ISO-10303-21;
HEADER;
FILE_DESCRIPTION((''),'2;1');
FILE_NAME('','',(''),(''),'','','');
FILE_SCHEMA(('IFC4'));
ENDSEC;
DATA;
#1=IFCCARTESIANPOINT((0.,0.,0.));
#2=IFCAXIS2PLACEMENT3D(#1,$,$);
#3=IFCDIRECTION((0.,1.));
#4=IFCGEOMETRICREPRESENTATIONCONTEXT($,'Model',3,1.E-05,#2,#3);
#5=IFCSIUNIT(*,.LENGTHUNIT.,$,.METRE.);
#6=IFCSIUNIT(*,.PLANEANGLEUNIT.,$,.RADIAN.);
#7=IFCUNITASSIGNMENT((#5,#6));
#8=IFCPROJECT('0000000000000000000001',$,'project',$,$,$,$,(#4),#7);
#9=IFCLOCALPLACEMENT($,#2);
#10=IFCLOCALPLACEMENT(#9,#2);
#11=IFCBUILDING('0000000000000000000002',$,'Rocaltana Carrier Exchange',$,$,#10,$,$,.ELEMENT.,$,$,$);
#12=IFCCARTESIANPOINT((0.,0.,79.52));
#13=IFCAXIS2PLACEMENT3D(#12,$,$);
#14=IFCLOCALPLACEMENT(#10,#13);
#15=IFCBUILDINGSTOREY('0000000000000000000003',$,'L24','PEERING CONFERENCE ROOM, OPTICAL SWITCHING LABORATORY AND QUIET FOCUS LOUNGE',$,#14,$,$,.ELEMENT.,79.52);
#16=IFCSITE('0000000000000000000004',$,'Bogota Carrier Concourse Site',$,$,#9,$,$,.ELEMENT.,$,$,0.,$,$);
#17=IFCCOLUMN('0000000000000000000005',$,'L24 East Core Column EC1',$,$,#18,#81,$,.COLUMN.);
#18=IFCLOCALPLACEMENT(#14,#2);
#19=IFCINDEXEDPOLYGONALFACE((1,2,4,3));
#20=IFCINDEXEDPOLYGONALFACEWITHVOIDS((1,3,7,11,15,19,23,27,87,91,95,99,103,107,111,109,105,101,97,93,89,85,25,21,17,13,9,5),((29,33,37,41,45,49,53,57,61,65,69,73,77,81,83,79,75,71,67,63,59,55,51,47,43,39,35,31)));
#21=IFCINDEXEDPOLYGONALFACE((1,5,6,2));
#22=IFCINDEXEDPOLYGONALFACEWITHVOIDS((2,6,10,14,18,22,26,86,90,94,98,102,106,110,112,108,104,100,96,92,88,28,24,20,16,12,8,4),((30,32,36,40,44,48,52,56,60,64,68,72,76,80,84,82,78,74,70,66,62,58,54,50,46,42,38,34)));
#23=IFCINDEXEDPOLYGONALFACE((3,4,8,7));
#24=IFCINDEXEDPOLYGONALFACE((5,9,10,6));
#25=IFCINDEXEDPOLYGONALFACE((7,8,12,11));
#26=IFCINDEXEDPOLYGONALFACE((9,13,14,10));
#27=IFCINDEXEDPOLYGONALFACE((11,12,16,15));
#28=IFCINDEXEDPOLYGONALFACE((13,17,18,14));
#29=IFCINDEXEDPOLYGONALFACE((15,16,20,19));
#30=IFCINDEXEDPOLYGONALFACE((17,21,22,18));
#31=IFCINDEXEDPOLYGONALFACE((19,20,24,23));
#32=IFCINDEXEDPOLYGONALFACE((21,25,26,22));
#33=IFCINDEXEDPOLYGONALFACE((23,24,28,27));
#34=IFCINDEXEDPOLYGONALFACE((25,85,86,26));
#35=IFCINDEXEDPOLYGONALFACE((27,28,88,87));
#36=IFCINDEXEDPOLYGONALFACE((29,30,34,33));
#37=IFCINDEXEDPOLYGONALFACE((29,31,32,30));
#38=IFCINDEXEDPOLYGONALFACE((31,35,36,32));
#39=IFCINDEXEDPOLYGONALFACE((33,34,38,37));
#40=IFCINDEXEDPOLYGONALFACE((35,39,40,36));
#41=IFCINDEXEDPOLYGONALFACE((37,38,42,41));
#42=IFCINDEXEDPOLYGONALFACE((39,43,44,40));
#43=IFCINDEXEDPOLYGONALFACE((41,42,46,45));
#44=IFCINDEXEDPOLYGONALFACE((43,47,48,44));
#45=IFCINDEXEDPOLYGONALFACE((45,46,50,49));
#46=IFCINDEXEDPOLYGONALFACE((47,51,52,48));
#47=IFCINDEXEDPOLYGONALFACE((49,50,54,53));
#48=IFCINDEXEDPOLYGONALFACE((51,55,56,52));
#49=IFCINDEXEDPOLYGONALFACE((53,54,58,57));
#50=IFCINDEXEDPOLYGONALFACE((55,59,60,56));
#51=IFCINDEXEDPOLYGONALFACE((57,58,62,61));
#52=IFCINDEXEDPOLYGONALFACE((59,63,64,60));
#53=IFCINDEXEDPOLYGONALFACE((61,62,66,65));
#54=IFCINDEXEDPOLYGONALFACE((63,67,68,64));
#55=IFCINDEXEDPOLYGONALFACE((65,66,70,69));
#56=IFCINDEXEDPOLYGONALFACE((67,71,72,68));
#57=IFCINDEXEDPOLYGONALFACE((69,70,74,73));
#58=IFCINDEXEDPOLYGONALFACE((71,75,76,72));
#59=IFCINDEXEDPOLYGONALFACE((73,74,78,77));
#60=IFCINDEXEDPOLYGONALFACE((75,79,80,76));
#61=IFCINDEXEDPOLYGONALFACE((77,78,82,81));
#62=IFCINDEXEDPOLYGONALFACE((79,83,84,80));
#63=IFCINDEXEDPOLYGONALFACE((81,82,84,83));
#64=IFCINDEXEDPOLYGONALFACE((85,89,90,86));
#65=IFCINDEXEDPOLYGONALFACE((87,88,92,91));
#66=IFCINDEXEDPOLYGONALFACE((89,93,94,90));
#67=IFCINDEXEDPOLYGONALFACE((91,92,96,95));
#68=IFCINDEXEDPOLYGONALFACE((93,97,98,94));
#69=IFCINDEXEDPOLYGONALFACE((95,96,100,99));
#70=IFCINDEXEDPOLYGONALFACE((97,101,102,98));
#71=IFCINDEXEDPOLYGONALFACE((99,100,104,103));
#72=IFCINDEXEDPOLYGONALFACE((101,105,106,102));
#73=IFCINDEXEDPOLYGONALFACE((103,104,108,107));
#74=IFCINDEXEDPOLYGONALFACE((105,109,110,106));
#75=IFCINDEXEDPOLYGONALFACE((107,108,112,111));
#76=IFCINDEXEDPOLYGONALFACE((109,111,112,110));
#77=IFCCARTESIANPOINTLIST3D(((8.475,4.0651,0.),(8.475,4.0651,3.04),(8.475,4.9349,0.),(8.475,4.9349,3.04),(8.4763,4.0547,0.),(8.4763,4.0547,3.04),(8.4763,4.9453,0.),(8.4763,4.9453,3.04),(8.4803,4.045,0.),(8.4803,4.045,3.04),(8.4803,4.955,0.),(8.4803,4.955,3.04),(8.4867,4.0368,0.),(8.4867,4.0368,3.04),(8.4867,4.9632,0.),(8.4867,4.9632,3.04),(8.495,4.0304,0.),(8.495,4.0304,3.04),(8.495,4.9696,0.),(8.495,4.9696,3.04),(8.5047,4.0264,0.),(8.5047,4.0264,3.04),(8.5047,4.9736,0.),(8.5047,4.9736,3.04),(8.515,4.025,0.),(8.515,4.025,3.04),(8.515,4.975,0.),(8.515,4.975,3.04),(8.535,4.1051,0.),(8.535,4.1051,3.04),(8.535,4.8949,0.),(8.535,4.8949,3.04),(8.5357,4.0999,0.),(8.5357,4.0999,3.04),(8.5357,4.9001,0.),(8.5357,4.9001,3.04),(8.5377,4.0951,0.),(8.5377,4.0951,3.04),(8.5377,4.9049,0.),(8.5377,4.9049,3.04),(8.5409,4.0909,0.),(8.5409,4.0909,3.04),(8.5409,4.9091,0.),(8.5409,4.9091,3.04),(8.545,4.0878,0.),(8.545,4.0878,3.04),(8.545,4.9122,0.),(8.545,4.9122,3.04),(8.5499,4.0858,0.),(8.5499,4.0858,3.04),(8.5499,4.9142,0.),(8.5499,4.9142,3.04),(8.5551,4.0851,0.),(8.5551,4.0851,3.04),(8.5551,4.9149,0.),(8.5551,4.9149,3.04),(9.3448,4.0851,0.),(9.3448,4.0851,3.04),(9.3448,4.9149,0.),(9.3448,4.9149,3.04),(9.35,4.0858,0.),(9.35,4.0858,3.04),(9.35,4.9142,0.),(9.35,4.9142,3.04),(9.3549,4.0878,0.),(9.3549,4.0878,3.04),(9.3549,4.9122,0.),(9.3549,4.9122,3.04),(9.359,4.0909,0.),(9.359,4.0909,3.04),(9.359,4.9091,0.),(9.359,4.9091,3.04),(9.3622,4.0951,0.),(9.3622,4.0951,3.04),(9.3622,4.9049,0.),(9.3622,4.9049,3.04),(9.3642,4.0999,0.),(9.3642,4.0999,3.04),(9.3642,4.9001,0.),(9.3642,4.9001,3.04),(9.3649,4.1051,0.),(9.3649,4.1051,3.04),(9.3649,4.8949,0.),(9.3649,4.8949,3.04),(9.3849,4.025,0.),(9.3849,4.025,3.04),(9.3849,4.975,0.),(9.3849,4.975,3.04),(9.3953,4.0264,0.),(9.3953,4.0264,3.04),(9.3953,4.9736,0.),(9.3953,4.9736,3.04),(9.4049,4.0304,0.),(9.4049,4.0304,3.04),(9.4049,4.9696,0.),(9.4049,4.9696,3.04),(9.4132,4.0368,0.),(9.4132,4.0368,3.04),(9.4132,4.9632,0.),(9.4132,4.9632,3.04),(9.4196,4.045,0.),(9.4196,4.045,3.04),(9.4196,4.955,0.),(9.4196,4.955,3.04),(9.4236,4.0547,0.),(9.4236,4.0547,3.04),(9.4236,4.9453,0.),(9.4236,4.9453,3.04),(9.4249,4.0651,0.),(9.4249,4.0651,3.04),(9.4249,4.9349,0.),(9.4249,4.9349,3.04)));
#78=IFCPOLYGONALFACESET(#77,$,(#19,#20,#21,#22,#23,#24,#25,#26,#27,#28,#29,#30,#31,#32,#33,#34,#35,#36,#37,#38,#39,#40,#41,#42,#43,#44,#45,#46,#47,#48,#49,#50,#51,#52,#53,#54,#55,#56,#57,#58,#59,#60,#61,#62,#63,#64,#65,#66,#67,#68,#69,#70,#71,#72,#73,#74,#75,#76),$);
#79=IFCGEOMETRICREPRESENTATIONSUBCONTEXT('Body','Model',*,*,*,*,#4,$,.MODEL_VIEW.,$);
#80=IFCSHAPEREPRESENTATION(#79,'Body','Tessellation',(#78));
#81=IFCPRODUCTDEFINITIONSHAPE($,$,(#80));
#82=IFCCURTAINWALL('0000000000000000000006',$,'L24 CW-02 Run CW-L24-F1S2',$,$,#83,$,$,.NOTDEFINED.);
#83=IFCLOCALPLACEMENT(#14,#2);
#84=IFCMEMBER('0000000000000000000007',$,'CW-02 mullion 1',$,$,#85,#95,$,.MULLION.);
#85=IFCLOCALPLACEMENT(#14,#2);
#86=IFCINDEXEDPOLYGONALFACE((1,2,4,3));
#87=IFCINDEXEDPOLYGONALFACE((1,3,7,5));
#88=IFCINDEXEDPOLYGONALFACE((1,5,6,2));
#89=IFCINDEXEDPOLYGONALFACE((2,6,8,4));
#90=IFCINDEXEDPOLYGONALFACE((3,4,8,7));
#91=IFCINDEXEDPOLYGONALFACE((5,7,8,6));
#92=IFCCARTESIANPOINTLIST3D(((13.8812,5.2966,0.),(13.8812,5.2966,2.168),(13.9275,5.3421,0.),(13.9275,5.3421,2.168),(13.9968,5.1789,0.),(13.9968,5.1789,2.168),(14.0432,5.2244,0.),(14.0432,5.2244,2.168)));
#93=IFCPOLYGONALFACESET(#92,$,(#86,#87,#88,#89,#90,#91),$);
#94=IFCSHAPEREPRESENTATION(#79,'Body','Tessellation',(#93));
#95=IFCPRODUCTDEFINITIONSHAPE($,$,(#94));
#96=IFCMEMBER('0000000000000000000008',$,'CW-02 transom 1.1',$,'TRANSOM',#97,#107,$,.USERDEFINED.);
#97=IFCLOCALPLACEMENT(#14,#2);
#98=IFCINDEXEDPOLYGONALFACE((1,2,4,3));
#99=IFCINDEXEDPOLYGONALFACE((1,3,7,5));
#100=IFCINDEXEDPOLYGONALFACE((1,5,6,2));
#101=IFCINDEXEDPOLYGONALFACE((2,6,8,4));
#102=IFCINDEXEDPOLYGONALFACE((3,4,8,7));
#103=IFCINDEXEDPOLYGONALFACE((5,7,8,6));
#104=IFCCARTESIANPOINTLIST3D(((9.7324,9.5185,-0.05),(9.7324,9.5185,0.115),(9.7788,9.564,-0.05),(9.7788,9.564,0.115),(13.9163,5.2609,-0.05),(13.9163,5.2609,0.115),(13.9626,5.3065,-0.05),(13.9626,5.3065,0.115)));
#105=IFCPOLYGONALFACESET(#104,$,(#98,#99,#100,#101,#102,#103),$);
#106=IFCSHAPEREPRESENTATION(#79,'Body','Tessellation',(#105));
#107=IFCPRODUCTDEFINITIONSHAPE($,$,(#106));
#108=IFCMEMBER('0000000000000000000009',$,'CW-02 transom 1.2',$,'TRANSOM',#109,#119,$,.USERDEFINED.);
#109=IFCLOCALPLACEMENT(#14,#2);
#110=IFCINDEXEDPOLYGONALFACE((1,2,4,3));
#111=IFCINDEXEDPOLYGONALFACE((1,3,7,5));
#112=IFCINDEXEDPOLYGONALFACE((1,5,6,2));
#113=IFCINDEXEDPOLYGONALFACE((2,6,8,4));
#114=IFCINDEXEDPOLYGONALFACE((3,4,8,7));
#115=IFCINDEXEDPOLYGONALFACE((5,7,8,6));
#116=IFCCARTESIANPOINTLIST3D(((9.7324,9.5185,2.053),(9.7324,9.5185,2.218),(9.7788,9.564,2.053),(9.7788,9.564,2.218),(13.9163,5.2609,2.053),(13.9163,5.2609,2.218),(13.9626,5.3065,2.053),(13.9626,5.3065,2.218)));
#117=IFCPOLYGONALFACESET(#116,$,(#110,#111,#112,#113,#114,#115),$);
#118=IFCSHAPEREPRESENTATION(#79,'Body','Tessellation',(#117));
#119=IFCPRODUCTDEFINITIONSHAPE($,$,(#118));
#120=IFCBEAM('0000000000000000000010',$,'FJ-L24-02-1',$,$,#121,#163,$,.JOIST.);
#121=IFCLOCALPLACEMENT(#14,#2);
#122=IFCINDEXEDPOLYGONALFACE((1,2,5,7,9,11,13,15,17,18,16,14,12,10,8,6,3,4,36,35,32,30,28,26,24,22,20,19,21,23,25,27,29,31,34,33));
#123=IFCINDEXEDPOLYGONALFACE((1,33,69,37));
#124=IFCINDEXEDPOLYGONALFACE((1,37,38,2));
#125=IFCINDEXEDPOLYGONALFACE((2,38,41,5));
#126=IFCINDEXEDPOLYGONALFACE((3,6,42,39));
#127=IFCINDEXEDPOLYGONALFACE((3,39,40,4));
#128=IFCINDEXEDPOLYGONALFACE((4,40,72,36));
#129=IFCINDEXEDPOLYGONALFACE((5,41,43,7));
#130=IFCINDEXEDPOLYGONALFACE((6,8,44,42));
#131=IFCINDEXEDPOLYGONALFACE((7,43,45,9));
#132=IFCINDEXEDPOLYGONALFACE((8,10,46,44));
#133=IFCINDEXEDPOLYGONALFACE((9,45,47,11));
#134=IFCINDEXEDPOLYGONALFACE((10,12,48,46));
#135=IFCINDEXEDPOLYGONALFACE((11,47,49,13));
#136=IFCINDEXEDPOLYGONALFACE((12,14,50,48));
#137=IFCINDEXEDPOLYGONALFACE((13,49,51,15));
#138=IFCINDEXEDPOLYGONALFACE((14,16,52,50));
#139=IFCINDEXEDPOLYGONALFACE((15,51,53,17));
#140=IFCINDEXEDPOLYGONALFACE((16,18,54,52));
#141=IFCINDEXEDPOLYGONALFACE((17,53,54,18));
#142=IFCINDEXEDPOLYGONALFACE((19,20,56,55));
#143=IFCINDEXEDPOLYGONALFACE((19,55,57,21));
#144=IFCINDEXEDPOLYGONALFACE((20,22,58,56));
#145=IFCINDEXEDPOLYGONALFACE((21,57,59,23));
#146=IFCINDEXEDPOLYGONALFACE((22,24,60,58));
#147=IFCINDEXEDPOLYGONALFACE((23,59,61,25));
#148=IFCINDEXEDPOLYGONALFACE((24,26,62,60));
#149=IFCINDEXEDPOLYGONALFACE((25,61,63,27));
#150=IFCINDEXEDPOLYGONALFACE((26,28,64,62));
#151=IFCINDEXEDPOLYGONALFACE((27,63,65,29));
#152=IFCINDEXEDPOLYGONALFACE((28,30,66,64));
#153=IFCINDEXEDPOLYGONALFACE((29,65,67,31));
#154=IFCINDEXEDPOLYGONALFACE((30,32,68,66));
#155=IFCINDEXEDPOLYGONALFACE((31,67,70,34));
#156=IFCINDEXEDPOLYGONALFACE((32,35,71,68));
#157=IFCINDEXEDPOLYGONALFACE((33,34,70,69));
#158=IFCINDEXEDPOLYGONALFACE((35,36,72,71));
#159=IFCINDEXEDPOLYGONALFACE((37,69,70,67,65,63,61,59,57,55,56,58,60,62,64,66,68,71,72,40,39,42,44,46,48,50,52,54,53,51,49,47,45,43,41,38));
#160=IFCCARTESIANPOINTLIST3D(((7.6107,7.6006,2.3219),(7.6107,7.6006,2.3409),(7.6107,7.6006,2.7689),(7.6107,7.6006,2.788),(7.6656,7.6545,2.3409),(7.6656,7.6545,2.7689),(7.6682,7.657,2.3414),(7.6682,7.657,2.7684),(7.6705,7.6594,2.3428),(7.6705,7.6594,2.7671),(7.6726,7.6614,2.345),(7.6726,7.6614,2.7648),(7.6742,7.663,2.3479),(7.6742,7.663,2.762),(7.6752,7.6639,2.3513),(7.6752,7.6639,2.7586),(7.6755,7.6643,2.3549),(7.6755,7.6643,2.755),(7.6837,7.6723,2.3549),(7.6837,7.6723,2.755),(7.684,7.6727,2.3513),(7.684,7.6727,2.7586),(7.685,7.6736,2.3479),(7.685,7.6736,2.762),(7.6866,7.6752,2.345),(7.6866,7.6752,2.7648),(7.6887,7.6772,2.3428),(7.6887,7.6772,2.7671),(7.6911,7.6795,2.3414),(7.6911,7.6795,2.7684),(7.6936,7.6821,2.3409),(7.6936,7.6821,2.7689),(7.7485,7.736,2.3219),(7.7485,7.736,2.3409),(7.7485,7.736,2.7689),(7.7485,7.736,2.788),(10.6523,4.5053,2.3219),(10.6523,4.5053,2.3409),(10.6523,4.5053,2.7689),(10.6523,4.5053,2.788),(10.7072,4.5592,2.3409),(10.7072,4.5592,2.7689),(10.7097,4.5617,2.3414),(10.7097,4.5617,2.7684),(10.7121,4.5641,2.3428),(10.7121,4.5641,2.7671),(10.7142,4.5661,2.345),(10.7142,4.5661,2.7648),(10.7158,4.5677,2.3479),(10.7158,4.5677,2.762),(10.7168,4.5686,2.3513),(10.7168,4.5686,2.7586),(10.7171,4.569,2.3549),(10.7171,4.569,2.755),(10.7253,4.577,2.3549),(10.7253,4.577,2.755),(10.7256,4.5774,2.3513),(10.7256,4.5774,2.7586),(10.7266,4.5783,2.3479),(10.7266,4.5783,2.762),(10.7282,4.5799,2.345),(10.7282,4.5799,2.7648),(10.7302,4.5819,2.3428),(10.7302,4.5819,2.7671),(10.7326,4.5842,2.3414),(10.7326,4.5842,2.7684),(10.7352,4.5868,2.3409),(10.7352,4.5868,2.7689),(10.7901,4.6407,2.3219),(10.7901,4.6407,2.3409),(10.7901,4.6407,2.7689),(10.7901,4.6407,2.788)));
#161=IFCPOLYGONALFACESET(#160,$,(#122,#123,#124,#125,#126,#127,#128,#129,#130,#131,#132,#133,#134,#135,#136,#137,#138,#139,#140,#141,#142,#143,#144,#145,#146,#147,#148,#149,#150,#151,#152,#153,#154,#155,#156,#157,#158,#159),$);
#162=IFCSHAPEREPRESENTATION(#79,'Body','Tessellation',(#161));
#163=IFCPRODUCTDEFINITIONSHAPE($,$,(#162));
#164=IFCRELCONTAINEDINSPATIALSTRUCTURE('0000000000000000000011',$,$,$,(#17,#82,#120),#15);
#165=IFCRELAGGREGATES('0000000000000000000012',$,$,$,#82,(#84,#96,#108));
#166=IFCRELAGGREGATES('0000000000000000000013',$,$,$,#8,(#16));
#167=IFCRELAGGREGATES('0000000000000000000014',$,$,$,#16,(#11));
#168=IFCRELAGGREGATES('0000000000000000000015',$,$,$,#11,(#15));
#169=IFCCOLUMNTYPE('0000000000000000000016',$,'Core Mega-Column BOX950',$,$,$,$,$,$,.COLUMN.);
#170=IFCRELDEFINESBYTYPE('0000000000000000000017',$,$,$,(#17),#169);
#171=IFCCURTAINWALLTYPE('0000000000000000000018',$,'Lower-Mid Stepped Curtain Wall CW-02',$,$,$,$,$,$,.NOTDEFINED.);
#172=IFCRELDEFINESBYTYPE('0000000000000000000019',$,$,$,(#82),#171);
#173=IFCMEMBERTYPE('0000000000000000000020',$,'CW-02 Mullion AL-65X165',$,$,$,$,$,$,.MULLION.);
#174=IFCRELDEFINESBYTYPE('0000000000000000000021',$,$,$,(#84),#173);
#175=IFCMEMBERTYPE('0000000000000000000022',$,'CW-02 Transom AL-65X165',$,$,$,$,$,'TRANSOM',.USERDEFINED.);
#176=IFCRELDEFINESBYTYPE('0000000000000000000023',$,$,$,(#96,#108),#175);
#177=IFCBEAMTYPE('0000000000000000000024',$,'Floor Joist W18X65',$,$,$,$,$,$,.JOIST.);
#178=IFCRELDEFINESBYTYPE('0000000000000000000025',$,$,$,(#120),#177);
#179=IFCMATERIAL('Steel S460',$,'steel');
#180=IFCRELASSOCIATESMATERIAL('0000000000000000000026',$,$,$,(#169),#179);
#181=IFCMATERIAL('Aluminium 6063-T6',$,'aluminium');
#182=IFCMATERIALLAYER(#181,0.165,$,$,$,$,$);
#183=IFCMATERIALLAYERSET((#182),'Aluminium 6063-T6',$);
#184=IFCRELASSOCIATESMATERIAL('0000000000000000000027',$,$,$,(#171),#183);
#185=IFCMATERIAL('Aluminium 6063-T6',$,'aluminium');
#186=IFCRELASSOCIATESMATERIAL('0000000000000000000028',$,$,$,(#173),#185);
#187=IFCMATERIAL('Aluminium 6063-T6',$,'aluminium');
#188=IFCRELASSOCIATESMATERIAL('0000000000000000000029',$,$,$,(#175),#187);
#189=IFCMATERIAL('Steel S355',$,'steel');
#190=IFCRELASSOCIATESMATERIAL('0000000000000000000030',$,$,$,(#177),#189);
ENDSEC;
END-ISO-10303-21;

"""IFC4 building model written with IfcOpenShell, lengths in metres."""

from ifc_helpers import new_model, si_unit, direction, frame, origin, origin_2d, place, context, subcontext, project, spatial, rectangle, hollow_rectangle, i_section, extrude, material, layer, layer_set, material_profile, profile_set, type_object, element, aggregate, save


model = new_model("IFC4")

# Units and contexts
model_context = context("Model", 3, precision=1e-05, world=origin(), true_north=direction((0.0, 1.0)))
body_context = subcontext(model_context, "Body", "Model", "MODEL_VIEW")
ifc_project = project(units=[si_unit("LENGTHUNIT", "METRE"), si_unit("PLANEANGLEUNIT", "RADIAN")], contexts=[model_context])

# Site, building, storey
site_placement = place(None, origin())
site = spatial("IfcSite", under=ifc_project, at=site_placement, Name="Bogota Carrier Concourse Site", CompositionType="ELEMENT", RefElevation=0.0)
building_placement = place(site_placement, origin())
building = spatial("IfcBuilding", under=site, at=building_placement, Name="Rocaltana Carrier Exchange", CompositionType="ELEMENT")
storey_placement = place(building_placement, frame((0.0, 0.0, 79.52)))
storey = spatial("IfcBuildingStorey", under=building, at=storey_placement, Name="L24", Description="PEERING CONFERENCE ROOM, OPTICAL SWITCHING LABORATORY AND QUIET FOCUS LOUNGE", CompositionType="ELEMENT", Elevation=79.52)

# Column
ifc_material_1 = material(Name="Steel S460", Category="steel")
ifc_material_profile_1 = material_profile(ifc_material_1, hollow_rectangle(XDim=0.95, YDim=0.95, WallThickness=0.0601, InnerFilletRadius=0.02, OuterFilletRadius=0.04, at=origin_2d()), Name="BOX950X950X60")
ifc_profile_set_1 = profile_set([ifc_material_profile_1], Name="Steel S460")
column_type = type_object("IfcColumnType", Name="Core Mega-Column BOX950", PredefinedType="COLUMN", material=ifc_profile_set_1)
column_placement = place(storey_placement, frame((8.95, 4.5, 0.0), z_axis=(0.0, 0.0, 1.0), x_axis=(1.0, 0.0, 0.0)))
element("IfcColumn", 1, at=column_placement, inside=storey, type_object=column_type, Name="L24 East Core Column EC1", PredefinedType="COLUMN", context=body_context, shape_type="SweptSolid", body=[
    extrude(hollow_rectangle(XDim=0.95, YDim=0.95, WallThickness=0.0601, InnerFilletRadius=0.02, OuterFilletRadius=0.04, at=origin_2d()), origin(), (0.0, 0.0, 1.0), 3.04),
])

# Curtain wall, members
ifc_material_2 = material(Name="Aluminium 6063-T6", Category="aluminium")
ifc_layer_1 = layer(ifc_material_2, 0.165)
ifc_layer_set_1 = layer_set([ifc_layer_1], Name="Aluminium 6063-T6")
curtain_wall_type = type_object("IfcCurtainWallType", Name="Lower-Mid Stepped Curtain Wall CW-02", PredefinedType="NOTDEFINED", material=ifc_layer_set_1)
curtain_wall_placement = place(storey_placement, origin())
curtain_wall = element("IfcCurtainWall", 2, at=curtain_wall_placement, inside=storey, type_object=curtain_wall_type, Name="L24 CW-02 Run CW-L24-F1S2", PredefinedType="NOTDEFINED")
ifc_material_3 = material(Name="Aluminium 6063-T6", Category="aluminium")
ifc_material_profile_2 = material_profile(ifc_material_3, rectangle(XDim=0.0649, YDim=0.165, at=origin_2d()), Name="AL-65X165")
ifc_profile_set_2 = profile_set([ifc_material_profile_2], Name="Aluminium 6063-T6")
member_type_1 = type_object("IfcMemberType", Name="CW-02 Mullion AL-65X165", PredefinedType="MULLION", material=ifc_profile_set_2)
member_1_placement = place(storey_placement, frame((13.9622, 5.2605, 0.0), z_axis=(0.0, 0.0, 1.0), x_axis=(-0.713245, -0.700915, 0.0)))
member_1 = element("IfcMember", 3, at=member_1_placement, type_object=member_type_1, Name="CW-02 mullion 1", PredefinedType="MULLION", context=body_context, shape_type="SweptSolid", body=[
    extrude(rectangle(XDim=0.0649, YDim=0.165, at=origin_2d()), origin(), (0.0, 0.0, 1.0), 2.168),
])
ifc_material_4 = material(Name="Aluminium 6063-T6", Category="aluminium")
ifc_material_profile_3 = material_profile(ifc_material_4, rectangle(XDim=0.0649, YDim=0.165, at=origin_2d()), Name="AL-65X165")
ifc_profile_set_3 = profile_set([ifc_material_profile_3], Name="Aluminium 6063-T6")
member_type_2 = type_object("IfcMemberType", Name="CW-02 Transom AL-65X165", ElementType="TRANSOM", PredefinedType="USERDEFINED", material=ifc_profile_set_3)
member_2_placement = place(storey_placement, frame((13.9395, 5.2837, 0.0325), z_axis=(-0.700904, 0.713256, 0.0), x_axis=(-0.713256, -0.700904, 0.0)))
member_2 = element("IfcMember", 4, at=member_2_placement, type_object=member_type_2, Name="CW-02 transom 1.1", ObjectType="TRANSOM", PredefinedType="USERDEFINED", context=body_context, shape_type="SweptSolid", body=[
    extrude(rectangle(XDim=0.0649, YDim=0.165, at=origin_2d()), origin(), (0.0, 0.0, 1.0), 5.9692),
])
member_3_placement = place(storey_placement, frame((13.9395, 5.2837, 2.1355), z_axis=(-0.700904, 0.713256, 0.0), x_axis=(-0.713256, -0.700904, 0.0)))
member_3 = element("IfcMember", 5, at=member_3_placement, type_object=member_type_2, Name="CW-02 transom 1.2", ObjectType="TRANSOM", PredefinedType="USERDEFINED", context=body_context, shape_type="SweptSolid", body=[
    extrude(rectangle(XDim=0.0649, YDim=0.165, at=origin_2d()), origin(), (0.0, 0.0, 1.0), 5.9692),
])

# Beam
ifc_material_5 = material(Name="Steel S355", Category="steel")
ifc_material_profile_4 = material_profile(ifc_material_5, i_section(OverallWidth=0.1931, OverallDepth=0.4661, WebThickness=0.0115, FlangeThickness=0.019, FilletRadius=0.0139, at=origin_2d()), Name="W18X65")
ifc_profile_set_4 = profile_set([ifc_material_profile_4], Name="Steel S355")
beam_type_1 = type_object("IfcBeamType", Name="Floor Joist W18X65", PredefinedType="JOIST", material=ifc_profile_set_4)
beam_1_placement = place(storey_placement, frame((10.7212, 4.573, 2.5549), z_axis=(-0.700891, 0.713268, 0.0), x_axis=(-0.713268, -0.700891, 0.0)))
element("IfcBeam", 6, at=beam_1_placement, inside=storey, type_object=beam_type_1, Name="FJ-L24-02-1", PredefinedType="JOIST", context=body_context, shape_type="SweptSolid", body=[
    extrude(i_section(OverallWidth=0.1931, OverallDepth=0.4661, WebThickness=0.0115, FlangeThickness=0.019, FilletRadius=0.0139, at=origin_2d()), origin(), (0.0, 0.0, 1.0), 4.3396),
])

aggregate(curtain_wall, [member_1, member_2, member_3])

save(model, "model.ifc")
